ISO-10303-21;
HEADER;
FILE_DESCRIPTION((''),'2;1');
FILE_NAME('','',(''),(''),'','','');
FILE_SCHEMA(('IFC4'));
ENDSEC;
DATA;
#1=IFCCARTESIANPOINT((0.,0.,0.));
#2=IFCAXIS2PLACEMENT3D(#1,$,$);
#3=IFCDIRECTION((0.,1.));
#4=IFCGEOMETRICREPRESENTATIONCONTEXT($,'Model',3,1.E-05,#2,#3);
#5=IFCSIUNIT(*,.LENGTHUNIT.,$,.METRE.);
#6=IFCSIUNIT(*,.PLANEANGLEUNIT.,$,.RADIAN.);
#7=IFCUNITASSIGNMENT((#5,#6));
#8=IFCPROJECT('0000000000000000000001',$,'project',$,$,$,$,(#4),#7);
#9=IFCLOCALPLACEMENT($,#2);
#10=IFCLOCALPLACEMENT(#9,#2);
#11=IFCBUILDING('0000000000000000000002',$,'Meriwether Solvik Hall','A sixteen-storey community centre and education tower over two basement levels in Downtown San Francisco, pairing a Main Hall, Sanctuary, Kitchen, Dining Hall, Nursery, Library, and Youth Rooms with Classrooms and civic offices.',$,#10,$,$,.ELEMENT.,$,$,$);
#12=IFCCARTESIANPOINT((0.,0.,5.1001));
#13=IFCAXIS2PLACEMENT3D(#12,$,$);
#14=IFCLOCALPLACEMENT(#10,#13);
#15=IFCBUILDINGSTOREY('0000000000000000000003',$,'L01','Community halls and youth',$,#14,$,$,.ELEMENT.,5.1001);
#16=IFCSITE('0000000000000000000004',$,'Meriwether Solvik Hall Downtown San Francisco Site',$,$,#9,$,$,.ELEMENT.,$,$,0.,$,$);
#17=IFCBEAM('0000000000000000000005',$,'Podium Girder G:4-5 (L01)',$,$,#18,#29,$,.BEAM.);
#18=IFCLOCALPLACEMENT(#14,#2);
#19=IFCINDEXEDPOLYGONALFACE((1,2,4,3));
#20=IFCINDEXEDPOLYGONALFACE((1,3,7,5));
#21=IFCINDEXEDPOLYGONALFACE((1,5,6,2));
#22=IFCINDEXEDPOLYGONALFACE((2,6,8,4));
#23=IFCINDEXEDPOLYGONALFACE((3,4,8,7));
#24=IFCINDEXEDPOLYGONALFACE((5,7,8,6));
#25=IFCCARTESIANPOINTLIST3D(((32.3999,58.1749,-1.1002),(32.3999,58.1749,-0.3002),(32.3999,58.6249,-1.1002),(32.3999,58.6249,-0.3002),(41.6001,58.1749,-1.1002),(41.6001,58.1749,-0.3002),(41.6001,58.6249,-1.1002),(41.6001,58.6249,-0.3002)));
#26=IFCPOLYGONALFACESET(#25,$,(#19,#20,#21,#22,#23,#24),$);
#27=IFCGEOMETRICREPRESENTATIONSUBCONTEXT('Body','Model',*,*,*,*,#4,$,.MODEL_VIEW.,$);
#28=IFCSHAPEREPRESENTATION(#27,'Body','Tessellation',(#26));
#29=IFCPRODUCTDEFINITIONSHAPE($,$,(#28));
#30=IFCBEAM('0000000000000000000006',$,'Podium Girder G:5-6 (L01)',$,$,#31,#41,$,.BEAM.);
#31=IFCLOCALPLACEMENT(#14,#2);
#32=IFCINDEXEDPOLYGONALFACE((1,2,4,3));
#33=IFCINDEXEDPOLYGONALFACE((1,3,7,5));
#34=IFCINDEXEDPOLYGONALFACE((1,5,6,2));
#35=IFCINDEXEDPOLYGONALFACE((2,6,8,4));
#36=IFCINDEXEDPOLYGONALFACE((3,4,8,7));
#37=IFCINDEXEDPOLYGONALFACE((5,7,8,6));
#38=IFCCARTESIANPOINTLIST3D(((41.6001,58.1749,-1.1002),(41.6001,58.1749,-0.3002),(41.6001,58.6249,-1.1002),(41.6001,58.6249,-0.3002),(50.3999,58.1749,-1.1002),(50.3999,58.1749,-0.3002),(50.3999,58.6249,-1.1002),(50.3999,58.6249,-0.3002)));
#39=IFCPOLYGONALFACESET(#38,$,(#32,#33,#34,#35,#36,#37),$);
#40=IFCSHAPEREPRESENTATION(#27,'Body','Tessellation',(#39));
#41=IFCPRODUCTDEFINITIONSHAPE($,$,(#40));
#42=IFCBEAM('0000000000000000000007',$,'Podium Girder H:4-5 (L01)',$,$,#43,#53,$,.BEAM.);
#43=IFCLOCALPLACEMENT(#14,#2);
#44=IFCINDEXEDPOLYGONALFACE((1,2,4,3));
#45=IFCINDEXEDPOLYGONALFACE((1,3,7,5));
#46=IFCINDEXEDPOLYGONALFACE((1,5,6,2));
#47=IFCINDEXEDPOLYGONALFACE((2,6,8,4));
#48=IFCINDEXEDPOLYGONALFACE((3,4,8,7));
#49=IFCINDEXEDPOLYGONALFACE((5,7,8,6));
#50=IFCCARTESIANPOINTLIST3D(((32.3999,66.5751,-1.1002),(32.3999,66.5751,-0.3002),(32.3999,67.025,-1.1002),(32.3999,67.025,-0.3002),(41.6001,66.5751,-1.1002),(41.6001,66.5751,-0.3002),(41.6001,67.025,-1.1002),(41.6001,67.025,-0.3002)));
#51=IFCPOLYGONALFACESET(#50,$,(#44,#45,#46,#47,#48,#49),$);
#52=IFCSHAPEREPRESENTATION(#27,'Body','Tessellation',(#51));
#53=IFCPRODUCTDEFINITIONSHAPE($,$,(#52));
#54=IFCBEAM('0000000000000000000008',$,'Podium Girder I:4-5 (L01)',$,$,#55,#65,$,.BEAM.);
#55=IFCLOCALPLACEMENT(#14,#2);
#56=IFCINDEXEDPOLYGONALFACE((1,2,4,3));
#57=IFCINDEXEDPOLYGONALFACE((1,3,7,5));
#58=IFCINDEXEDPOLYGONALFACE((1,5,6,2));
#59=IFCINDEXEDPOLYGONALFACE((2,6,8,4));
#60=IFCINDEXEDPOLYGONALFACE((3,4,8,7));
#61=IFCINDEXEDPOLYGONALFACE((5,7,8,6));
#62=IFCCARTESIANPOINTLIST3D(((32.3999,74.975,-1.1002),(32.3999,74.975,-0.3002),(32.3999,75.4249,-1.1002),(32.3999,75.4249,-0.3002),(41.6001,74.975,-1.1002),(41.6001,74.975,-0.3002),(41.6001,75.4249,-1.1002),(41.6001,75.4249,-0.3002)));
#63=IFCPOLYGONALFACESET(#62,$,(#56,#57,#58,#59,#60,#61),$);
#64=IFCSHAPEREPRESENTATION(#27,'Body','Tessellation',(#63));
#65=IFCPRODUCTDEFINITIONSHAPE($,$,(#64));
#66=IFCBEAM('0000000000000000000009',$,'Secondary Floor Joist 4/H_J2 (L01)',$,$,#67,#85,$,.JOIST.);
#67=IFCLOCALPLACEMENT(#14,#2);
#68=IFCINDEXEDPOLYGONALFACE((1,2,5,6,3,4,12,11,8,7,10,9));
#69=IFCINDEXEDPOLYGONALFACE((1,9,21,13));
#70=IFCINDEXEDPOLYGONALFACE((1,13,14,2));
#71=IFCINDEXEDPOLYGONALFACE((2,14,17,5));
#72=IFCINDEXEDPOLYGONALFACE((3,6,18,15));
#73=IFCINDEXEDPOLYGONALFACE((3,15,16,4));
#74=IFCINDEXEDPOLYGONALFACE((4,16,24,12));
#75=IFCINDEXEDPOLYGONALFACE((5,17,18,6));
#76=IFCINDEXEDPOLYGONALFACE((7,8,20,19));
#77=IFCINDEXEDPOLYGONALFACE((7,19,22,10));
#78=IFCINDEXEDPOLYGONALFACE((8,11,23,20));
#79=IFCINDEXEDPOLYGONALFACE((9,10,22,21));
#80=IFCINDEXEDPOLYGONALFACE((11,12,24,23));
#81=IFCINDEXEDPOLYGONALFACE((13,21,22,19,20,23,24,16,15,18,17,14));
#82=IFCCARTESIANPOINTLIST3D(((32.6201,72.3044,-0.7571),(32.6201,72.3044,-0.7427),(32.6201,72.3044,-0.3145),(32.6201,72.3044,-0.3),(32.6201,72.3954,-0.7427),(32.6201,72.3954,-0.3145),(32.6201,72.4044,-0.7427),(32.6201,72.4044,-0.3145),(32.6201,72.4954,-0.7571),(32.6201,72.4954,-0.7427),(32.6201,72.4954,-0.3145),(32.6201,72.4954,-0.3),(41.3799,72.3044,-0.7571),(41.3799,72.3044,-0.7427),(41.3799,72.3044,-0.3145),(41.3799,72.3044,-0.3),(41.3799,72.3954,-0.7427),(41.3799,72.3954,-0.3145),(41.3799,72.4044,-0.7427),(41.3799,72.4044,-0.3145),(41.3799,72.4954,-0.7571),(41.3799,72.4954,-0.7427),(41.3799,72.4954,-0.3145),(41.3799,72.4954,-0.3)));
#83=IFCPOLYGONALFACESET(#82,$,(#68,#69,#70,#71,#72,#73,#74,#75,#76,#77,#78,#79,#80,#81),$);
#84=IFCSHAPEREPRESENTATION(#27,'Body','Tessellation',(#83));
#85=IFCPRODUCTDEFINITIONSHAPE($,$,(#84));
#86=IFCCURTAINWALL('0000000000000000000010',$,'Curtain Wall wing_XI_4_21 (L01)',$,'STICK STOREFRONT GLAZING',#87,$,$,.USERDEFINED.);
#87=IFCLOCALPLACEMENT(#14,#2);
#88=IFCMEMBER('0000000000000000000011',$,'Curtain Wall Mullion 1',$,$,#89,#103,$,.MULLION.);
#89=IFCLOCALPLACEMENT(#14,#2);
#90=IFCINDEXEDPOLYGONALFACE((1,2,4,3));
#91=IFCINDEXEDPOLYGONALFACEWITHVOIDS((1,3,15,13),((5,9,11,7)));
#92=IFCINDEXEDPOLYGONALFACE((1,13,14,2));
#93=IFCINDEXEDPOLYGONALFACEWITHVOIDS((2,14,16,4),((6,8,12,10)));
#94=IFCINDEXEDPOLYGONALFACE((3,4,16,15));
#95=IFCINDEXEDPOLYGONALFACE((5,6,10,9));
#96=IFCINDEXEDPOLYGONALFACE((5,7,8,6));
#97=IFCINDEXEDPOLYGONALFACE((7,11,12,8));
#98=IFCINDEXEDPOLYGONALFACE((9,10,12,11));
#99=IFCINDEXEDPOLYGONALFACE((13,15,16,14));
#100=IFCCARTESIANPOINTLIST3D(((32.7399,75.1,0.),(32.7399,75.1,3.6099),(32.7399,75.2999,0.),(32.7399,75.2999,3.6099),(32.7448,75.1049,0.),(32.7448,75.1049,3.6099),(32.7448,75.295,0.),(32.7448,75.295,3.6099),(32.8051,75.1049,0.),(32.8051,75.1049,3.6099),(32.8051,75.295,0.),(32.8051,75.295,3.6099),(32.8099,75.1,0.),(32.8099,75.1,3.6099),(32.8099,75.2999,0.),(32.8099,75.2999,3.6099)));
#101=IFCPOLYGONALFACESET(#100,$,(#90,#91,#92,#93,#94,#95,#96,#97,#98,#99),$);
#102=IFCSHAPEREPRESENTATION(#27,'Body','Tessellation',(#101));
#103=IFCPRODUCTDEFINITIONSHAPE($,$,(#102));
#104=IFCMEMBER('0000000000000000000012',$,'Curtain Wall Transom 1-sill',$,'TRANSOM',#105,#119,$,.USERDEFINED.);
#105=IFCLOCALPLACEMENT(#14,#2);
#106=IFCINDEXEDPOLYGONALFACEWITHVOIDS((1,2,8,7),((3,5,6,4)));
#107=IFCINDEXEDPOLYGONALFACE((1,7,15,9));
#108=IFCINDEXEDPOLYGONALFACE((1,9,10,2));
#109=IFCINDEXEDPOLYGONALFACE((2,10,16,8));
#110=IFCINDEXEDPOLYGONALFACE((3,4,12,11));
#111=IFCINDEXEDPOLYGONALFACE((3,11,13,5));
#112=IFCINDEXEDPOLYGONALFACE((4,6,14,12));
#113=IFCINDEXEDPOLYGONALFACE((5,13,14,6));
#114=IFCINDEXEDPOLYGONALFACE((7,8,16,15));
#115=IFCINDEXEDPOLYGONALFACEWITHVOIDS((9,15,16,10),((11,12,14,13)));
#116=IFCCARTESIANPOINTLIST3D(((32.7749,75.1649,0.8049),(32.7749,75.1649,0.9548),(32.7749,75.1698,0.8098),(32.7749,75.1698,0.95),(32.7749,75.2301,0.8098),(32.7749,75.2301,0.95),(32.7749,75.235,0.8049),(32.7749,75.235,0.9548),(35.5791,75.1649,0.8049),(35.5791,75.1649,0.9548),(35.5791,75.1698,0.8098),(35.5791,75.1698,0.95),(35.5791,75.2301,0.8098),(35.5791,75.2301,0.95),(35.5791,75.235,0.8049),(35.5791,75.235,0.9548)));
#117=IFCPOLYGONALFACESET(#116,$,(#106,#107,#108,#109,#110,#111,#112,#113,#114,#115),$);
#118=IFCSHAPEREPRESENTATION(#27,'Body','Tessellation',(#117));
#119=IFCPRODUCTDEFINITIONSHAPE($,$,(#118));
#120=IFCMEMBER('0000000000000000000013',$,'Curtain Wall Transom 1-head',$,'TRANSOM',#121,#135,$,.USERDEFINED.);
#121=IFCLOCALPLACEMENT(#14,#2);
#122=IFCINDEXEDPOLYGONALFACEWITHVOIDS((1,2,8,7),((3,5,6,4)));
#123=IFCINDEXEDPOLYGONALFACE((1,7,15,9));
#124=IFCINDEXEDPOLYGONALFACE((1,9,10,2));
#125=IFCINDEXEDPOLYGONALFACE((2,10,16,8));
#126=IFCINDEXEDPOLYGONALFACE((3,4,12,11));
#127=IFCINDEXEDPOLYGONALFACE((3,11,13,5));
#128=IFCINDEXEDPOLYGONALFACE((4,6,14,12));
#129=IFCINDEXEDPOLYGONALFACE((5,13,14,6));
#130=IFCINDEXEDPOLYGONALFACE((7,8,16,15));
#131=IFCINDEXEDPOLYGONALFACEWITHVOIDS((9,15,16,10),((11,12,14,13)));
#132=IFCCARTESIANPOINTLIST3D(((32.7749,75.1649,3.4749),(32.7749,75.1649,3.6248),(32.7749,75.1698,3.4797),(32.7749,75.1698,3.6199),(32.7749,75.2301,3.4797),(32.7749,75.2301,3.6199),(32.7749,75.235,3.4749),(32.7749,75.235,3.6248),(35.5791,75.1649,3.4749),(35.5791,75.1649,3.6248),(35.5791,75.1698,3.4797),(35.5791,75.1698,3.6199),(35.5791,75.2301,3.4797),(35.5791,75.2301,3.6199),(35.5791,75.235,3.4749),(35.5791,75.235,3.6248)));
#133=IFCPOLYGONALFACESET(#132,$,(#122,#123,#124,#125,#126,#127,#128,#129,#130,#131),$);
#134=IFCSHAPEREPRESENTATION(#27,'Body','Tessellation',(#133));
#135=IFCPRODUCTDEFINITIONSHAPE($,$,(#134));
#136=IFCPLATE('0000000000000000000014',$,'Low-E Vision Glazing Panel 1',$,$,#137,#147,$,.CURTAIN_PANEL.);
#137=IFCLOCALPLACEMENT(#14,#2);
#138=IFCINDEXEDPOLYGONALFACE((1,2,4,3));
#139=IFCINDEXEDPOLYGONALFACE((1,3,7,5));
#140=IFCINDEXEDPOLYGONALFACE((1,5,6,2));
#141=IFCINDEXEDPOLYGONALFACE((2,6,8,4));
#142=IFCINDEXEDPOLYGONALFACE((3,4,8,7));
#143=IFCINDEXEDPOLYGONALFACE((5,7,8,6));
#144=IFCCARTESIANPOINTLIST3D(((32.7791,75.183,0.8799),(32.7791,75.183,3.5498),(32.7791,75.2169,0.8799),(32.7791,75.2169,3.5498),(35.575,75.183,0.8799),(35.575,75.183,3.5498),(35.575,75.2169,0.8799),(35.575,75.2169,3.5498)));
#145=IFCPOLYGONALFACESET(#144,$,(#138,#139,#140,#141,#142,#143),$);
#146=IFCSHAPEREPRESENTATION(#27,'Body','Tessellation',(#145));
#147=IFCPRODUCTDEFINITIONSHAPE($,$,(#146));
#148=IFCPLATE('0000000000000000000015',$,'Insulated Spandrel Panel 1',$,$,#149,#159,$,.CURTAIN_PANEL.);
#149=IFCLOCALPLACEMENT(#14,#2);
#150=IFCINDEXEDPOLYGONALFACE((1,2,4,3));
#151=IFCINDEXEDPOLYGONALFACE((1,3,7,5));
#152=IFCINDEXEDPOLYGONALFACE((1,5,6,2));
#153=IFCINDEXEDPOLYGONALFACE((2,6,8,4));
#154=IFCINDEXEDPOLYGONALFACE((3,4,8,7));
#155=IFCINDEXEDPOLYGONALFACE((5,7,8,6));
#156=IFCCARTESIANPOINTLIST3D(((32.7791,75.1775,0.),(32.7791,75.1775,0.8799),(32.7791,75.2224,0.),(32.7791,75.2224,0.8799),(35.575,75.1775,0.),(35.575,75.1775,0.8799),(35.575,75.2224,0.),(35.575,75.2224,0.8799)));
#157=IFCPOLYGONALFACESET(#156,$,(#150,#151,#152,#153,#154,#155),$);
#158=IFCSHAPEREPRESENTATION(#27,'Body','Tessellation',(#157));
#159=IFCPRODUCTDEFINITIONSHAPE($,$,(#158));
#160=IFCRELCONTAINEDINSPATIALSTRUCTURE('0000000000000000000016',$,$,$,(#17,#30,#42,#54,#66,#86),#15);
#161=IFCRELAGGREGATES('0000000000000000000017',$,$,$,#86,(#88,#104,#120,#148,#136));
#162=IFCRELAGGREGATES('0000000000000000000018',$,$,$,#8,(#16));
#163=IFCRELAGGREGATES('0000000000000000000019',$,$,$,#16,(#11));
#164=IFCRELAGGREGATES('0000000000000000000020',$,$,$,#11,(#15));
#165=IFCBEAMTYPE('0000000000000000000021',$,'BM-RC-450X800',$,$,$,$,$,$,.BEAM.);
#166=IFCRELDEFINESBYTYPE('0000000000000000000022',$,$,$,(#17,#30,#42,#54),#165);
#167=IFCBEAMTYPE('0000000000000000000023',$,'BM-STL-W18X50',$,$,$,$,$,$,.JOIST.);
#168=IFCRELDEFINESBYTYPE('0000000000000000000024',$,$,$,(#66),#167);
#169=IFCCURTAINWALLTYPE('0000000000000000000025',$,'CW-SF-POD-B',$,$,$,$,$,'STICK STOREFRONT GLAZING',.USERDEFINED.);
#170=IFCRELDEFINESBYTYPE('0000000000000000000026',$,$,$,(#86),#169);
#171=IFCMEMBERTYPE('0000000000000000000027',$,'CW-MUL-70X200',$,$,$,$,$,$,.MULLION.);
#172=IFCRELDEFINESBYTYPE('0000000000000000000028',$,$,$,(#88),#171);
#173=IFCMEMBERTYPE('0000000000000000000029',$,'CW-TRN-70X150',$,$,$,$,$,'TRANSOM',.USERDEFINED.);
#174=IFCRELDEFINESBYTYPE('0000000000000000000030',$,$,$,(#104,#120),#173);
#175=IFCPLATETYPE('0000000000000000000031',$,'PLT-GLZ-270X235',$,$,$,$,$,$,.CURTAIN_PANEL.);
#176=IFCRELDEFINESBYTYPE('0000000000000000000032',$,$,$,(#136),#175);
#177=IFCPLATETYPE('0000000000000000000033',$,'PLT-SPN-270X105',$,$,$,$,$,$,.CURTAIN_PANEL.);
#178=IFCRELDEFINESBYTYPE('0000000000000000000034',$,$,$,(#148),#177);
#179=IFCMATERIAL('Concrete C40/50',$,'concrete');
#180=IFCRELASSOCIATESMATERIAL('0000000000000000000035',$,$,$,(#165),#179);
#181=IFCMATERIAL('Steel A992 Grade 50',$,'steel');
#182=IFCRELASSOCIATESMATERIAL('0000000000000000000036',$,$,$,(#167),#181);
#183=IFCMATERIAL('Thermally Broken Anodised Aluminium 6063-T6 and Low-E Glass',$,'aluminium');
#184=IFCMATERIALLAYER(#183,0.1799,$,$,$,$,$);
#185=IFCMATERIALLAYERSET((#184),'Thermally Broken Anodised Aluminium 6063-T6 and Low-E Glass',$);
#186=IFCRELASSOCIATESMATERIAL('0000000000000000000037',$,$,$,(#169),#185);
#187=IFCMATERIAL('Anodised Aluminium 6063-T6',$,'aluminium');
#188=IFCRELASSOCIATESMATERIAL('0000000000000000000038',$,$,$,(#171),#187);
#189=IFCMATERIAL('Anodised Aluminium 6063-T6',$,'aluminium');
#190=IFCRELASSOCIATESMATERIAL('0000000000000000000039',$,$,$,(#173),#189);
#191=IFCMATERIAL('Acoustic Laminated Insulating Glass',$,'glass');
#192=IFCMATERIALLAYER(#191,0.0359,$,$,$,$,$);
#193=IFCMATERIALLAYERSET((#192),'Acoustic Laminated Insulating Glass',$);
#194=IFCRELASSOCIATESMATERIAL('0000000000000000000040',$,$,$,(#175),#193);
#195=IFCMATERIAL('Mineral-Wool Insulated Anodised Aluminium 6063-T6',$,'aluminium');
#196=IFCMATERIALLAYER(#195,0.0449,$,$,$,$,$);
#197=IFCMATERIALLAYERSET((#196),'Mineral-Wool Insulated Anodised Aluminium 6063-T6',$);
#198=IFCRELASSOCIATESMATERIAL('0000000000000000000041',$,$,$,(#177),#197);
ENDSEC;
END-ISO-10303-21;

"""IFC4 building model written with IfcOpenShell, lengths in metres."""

from ifc_helpers import new_model, si_unit, direction, frame, origin, origin_2d, place, context, subcontext, project, spatial, rectangle, hollow_rectangle, i_section, extrude, material, layer, layer_set, material_profile, profile_set, type_object, element, aggregate, save


model = new_model("IFC4")

# Units and contexts
model_context = context("Model", 3, precision=1e-05, world=origin(), true_north=direction((0.0, 1.0)))
body_context = subcontext(model_context, "Body", "Model", "MODEL_VIEW")
ifc_project = project(units=[si_unit("LENGTHUNIT", "METRE"), si_unit("PLANEANGLEUNIT", "RADIAN")], contexts=[model_context])

# Site, building, storey
site_placement = place(None, origin())
site = spatial("IfcSite", under=ifc_project, at=site_placement, Name="Meriwether Solvik Hall Downtown San Francisco Site", CompositionType="ELEMENT", RefElevation=0.0)
building_placement = place(site_placement, origin())
building = spatial("IfcBuilding", under=site, at=building_placement, Name="Meriwether Solvik Hall", Description="A sixteen-storey community centre and education tower over two basement levels in Downtown San Francisco, pairing a Main Hall, Sanctuary, Kitchen, Dining Hall, Nursery, Library, and Youth Rooms with Classrooms and civic offices.", CompositionType="ELEMENT")
storey_placement = place(building_placement, frame((0.0, 0.0, 5.1001)))
storey = spatial("IfcBuildingStorey", under=building, at=storey_placement, Name="L01", Description="Community halls and youth", CompositionType="ELEMENT", Elevation=5.1001)

# Beams
ifc_material_1 = material(Name="Concrete C40/50", Category="concrete")
ifc_material_profile_1 = material_profile(ifc_material_1, rectangle(XDim=0.45, YDim=0.8, at=origin_2d()), Name="RCB-450X800")
ifc_profile_set_1 = profile_set([ifc_material_profile_1], Name="Concrete C40/50")
beam_type_1 = type_object("IfcBeamType", Name="BM-RC-450X800", PredefinedType="BEAM", material=ifc_profile_set_1)
beam_1_placement = place(storey_placement, frame((32.3999, 58.3999, -0.7002), z_axis=(1.0, 0.0, 0.0), x_axis=(0.0, 1.0, 0.0)))
element("IfcBeam", 1, at=beam_1_placement, inside=storey, type_object=beam_type_1, Name="Podium Girder G:4-5 (L01)", PredefinedType="BEAM", context=body_context, shape_type="SweptSolid", body=[
    extrude(rectangle(XDim=0.45, YDim=0.8, at=origin_2d()), origin(), (0.0, 0.0, 1.0), 9.2002),
])
beam_2_placement = place(storey_placement, frame((41.6001, 58.3999, -0.7002), z_axis=(1.0, 0.0, 0.0), x_axis=(0.0, 1.0, 0.0)))
element("IfcBeam", 2, at=beam_2_placement, inside=storey, type_object=beam_type_1, Name="Podium Girder G:5-6 (L01)", PredefinedType="BEAM", context=body_context, shape_type="SweptSolid", body=[
    extrude(rectangle(XDim=0.45, YDim=0.8, at=origin_2d()), origin(), (0.0, 0.0, 1.0), 8.7998),
])
for number, where, z_axis, x_axis, name in (
    (3, (32.3999, 66.8, -0.7002), (1.0, 0.0, 0.0), (0.0, 1.0, 0.0), "Podium Girder H:4-5 (L01)"),
    (4, (32.3999, 75.2, -0.7002), (1.0, 0.0, 0.0), (0.0, 1.0, 0.0), "Podium Girder I:4-5 (L01)"),
):
    element("IfcBeam", number, at=place(storey_placement, frame(where, z_axis=z_axis, x_axis=x_axis)), inside=storey, type_object=beam_type_1, Name=name, PredefinedType="BEAM", context=body_context, shape_type="SweptSolid", body=[
        extrude(rectangle(XDim=0.45, YDim=0.8, at=origin_2d()), origin(), (0.0, 0.0, 1.0), 9.2002),
    ])
ifc_material_2 = material(Name="Steel A992 Grade 50", Category="steel")
ifc_material_profile_2 = material_profile(ifc_material_2, i_section(OverallWidth=0.1909, OverallDepth=0.457, WebThickness=0.009, FlangeThickness=0.0144, at=origin_2d()), Name="W18X50")
ifc_profile_set_2 = profile_set([ifc_material_profile_2], Name="Steel A992 Grade 50")
beam_type_2 = type_object("IfcBeamType", Name="BM-STL-W18X50", PredefinedType="JOIST", material=ifc_profile_set_2)
beam_3_placement = place(storey_placement, frame((32.6201, 72.3999, -0.5286), z_axis=(1.0, 0.0, 0.0), x_axis=(0.0, 1.0, 0.0)))
element("IfcBeam", 5, at=beam_3_placement, inside=storey, type_object=beam_type_2, Name="Secondary Floor Joist 4/H_J2 (L01)", PredefinedType="JOIST", context=body_context, shape_type="SweptSolid", body=[
    extrude(i_section(OverallWidth=0.1909, OverallDepth=0.457, WebThickness=0.009, FlangeThickness=0.0144, at=origin_2d()), origin(), (0.0, 0.0, 1.0), 8.7598),
])

# Curtain wall, members, plates
ifc_material_3 = material(Name="Thermally Broken Anodised Aluminium 6063-T6 and Low-E Glass", Category="aluminium")
ifc_layer_1 = layer(ifc_material_3, 0.1799)
ifc_layer_set_1 = layer_set([ifc_layer_1], Name="Thermally Broken Anodised Aluminium 6063-T6 and Low-E Glass")
curtain_wall_type = type_object("IfcCurtainWallType", Name="CW-SF-POD-B", ElementType="STICK STOREFRONT GLAZING", PredefinedType="USERDEFINED", material=ifc_layer_set_1)
curtain_wall_placement = place(storey_placement, origin())
curtain_wall = element("IfcCurtainWall", 6, at=curtain_wall_placement, inside=storey, type_object=curtain_wall_type, Name="Curtain Wall wing_XI_4_21 (L01)", ObjectType="STICK STOREFRONT GLAZING", PredefinedType="USERDEFINED")
ifc_material_4 = material(Name="Anodised Aluminium 6063-T6", Category="aluminium")
ifc_material_profile_3 = material_profile(ifc_material_4, hollow_rectangle(XDim=0.0701, YDim=0.2, WallThickness=0.0049, at=origin_2d()), Name="CWM-70X200")
ifc_profile_set_3 = profile_set([ifc_material_profile_3], Name="Anodised Aluminium 6063-T6")
member_type_1 = type_object("IfcMemberType", Name="CW-MUL-70X200", PredefinedType="MULLION", material=ifc_profile_set_3)
member_1_placement = place(storey_placement, frame((32.7749, 75.2, 0.0), z_axis=(0.0, 0.0, 1.0), x_axis=(1.0, 0.0, 0.0)))
member_1 = element("IfcMember", 7, at=member_1_placement, type_object=member_type_1, Name="Curtain Wall Mullion 1", PredefinedType="MULLION", context=body_context, shape_type="SweptSolid", body=[
    extrude(hollow_rectangle(XDim=0.0701, YDim=0.2, WallThickness=0.0049, at=origin_2d()), origin(), (0.0, 0.0, 1.0), 3.6099),
])
ifc_material_5 = material(Name="Anodised Aluminium 6063-T6", Category="aluminium")
ifc_material_profile_4 = material_profile(ifc_material_5, hollow_rectangle(XDim=0.0701, YDim=0.1499, WallThickness=0.0049, at=origin_2d()), Name="CWT-70X150")
ifc_profile_set_4 = profile_set([ifc_material_profile_4], Name="Anodised Aluminium 6063-T6")
member_type_2 = type_object("IfcMemberType", Name="CW-TRN-70X150", ElementType="TRANSOM", PredefinedType="USERDEFINED", material=ifc_profile_set_4)
member_2_placement = place(storey_placement, frame((32.7749, 75.2, 0.8799), z_axis=(1.0, 0.0, 0.0), x_axis=(0.0, 1.0, 0.0)))
member_2 = element("IfcMember", 8, at=member_2_placement, type_object=member_type_2, Name="Curtain Wall Transom 1-sill", ObjectType="TRANSOM", PredefinedType="USERDEFINED", context=body_context, shape_type="SweptSolid", body=[
    extrude(hollow_rectangle(XDim=0.0701, YDim=0.1499, WallThickness=0.0049, at=origin_2d()), origin(), (0.0, 0.0, 1.0), 2.8042),
])
member_3_placement = place(storey_placement, frame((32.7749, 75.2, 3.5498), z_axis=(1.0, 0.0, 0.0), x_axis=(0.0, 1.0, 0.0)))
member_3 = element("IfcMember", 9, at=member_3_placement, type_object=member_type_2, Name="Curtain Wall Transom 1-head", ObjectType="TRANSOM", PredefinedType="USERDEFINED", context=body_context, shape_type="SweptSolid", body=[
    extrude(hollow_rectangle(XDim=0.0701, YDim=0.1499, WallThickness=0.0049, at=origin_2d()), origin(), (0.0, 0.0, 1.0), 2.8042),
])
ifc_material_6 = material(Name="Acoustic Laminated Insulating Glass", Category="glass")
ifc_layer_2 = layer(ifc_material_6, 0.0359)
ifc_layer_set_2 = layer_set([ifc_layer_2], Name="Acoustic Laminated Insulating Glass")
plate_type_1 = type_object("IfcPlateType", Name="PLT-GLZ-270X235", PredefinedType="CURTAIN_PANEL", material=ifc_layer_set_2)
plate_1_placement = place(storey_placement, frame((34.177, 75.2, 0.8799), z_axis=(0.0, 0.0, 1.0), x_axis=(1.0, 0.0, 0.0)))
plate_1 = element("IfcPlate", 10, at=plate_1_placement, type_object=plate_type_1, Name="Low-E Vision Glazing Panel 1", PredefinedType="CURTAIN_PANEL", context=body_context, shape_type="SweptSolid", body=[
    extrude(rectangle(XDim=2.7959, YDim=0.0339, at=origin_2d()), origin(), (0.0, 0.0, 1.0), 2.6699),
])
ifc_material_7 = material(Name="Mineral-Wool Insulated Anodised Aluminium 6063-T6", Category="aluminium")
ifc_layer_3 = layer(ifc_material_7, 0.0449)
ifc_layer_set_3 = layer_set([ifc_layer_3], Name="Mineral-Wool Insulated Anodised Aluminium 6063-T6")
plate_type_2 = type_object("IfcPlateType", Name="PLT-SPN-270X105", PredefinedType="CURTAIN_PANEL", material=ifc_layer_set_3)
plate_2_placement = place(storey_placement, frame((34.177, 75.2, 0.0), z_axis=(0.0, 0.0, 1.0), x_axis=(1.0, 0.0, 0.0)))
plate_2 = element("IfcPlate", 11, at=plate_2_placement, type_object=plate_type_2, Name="Insulated Spandrel Panel 1", PredefinedType="CURTAIN_PANEL", context=body_context, shape_type="SweptSolid", body=[
    extrude(rectangle(XDim=2.7959, YDim=0.0449, at=origin_2d()), origin(), (0.0, 0.0, 1.0), 0.8799),
])
aggregate(curtain_wall, [member_1, member_2, member_3, plate_2, plate_1])

save(model, "model.ifc")
